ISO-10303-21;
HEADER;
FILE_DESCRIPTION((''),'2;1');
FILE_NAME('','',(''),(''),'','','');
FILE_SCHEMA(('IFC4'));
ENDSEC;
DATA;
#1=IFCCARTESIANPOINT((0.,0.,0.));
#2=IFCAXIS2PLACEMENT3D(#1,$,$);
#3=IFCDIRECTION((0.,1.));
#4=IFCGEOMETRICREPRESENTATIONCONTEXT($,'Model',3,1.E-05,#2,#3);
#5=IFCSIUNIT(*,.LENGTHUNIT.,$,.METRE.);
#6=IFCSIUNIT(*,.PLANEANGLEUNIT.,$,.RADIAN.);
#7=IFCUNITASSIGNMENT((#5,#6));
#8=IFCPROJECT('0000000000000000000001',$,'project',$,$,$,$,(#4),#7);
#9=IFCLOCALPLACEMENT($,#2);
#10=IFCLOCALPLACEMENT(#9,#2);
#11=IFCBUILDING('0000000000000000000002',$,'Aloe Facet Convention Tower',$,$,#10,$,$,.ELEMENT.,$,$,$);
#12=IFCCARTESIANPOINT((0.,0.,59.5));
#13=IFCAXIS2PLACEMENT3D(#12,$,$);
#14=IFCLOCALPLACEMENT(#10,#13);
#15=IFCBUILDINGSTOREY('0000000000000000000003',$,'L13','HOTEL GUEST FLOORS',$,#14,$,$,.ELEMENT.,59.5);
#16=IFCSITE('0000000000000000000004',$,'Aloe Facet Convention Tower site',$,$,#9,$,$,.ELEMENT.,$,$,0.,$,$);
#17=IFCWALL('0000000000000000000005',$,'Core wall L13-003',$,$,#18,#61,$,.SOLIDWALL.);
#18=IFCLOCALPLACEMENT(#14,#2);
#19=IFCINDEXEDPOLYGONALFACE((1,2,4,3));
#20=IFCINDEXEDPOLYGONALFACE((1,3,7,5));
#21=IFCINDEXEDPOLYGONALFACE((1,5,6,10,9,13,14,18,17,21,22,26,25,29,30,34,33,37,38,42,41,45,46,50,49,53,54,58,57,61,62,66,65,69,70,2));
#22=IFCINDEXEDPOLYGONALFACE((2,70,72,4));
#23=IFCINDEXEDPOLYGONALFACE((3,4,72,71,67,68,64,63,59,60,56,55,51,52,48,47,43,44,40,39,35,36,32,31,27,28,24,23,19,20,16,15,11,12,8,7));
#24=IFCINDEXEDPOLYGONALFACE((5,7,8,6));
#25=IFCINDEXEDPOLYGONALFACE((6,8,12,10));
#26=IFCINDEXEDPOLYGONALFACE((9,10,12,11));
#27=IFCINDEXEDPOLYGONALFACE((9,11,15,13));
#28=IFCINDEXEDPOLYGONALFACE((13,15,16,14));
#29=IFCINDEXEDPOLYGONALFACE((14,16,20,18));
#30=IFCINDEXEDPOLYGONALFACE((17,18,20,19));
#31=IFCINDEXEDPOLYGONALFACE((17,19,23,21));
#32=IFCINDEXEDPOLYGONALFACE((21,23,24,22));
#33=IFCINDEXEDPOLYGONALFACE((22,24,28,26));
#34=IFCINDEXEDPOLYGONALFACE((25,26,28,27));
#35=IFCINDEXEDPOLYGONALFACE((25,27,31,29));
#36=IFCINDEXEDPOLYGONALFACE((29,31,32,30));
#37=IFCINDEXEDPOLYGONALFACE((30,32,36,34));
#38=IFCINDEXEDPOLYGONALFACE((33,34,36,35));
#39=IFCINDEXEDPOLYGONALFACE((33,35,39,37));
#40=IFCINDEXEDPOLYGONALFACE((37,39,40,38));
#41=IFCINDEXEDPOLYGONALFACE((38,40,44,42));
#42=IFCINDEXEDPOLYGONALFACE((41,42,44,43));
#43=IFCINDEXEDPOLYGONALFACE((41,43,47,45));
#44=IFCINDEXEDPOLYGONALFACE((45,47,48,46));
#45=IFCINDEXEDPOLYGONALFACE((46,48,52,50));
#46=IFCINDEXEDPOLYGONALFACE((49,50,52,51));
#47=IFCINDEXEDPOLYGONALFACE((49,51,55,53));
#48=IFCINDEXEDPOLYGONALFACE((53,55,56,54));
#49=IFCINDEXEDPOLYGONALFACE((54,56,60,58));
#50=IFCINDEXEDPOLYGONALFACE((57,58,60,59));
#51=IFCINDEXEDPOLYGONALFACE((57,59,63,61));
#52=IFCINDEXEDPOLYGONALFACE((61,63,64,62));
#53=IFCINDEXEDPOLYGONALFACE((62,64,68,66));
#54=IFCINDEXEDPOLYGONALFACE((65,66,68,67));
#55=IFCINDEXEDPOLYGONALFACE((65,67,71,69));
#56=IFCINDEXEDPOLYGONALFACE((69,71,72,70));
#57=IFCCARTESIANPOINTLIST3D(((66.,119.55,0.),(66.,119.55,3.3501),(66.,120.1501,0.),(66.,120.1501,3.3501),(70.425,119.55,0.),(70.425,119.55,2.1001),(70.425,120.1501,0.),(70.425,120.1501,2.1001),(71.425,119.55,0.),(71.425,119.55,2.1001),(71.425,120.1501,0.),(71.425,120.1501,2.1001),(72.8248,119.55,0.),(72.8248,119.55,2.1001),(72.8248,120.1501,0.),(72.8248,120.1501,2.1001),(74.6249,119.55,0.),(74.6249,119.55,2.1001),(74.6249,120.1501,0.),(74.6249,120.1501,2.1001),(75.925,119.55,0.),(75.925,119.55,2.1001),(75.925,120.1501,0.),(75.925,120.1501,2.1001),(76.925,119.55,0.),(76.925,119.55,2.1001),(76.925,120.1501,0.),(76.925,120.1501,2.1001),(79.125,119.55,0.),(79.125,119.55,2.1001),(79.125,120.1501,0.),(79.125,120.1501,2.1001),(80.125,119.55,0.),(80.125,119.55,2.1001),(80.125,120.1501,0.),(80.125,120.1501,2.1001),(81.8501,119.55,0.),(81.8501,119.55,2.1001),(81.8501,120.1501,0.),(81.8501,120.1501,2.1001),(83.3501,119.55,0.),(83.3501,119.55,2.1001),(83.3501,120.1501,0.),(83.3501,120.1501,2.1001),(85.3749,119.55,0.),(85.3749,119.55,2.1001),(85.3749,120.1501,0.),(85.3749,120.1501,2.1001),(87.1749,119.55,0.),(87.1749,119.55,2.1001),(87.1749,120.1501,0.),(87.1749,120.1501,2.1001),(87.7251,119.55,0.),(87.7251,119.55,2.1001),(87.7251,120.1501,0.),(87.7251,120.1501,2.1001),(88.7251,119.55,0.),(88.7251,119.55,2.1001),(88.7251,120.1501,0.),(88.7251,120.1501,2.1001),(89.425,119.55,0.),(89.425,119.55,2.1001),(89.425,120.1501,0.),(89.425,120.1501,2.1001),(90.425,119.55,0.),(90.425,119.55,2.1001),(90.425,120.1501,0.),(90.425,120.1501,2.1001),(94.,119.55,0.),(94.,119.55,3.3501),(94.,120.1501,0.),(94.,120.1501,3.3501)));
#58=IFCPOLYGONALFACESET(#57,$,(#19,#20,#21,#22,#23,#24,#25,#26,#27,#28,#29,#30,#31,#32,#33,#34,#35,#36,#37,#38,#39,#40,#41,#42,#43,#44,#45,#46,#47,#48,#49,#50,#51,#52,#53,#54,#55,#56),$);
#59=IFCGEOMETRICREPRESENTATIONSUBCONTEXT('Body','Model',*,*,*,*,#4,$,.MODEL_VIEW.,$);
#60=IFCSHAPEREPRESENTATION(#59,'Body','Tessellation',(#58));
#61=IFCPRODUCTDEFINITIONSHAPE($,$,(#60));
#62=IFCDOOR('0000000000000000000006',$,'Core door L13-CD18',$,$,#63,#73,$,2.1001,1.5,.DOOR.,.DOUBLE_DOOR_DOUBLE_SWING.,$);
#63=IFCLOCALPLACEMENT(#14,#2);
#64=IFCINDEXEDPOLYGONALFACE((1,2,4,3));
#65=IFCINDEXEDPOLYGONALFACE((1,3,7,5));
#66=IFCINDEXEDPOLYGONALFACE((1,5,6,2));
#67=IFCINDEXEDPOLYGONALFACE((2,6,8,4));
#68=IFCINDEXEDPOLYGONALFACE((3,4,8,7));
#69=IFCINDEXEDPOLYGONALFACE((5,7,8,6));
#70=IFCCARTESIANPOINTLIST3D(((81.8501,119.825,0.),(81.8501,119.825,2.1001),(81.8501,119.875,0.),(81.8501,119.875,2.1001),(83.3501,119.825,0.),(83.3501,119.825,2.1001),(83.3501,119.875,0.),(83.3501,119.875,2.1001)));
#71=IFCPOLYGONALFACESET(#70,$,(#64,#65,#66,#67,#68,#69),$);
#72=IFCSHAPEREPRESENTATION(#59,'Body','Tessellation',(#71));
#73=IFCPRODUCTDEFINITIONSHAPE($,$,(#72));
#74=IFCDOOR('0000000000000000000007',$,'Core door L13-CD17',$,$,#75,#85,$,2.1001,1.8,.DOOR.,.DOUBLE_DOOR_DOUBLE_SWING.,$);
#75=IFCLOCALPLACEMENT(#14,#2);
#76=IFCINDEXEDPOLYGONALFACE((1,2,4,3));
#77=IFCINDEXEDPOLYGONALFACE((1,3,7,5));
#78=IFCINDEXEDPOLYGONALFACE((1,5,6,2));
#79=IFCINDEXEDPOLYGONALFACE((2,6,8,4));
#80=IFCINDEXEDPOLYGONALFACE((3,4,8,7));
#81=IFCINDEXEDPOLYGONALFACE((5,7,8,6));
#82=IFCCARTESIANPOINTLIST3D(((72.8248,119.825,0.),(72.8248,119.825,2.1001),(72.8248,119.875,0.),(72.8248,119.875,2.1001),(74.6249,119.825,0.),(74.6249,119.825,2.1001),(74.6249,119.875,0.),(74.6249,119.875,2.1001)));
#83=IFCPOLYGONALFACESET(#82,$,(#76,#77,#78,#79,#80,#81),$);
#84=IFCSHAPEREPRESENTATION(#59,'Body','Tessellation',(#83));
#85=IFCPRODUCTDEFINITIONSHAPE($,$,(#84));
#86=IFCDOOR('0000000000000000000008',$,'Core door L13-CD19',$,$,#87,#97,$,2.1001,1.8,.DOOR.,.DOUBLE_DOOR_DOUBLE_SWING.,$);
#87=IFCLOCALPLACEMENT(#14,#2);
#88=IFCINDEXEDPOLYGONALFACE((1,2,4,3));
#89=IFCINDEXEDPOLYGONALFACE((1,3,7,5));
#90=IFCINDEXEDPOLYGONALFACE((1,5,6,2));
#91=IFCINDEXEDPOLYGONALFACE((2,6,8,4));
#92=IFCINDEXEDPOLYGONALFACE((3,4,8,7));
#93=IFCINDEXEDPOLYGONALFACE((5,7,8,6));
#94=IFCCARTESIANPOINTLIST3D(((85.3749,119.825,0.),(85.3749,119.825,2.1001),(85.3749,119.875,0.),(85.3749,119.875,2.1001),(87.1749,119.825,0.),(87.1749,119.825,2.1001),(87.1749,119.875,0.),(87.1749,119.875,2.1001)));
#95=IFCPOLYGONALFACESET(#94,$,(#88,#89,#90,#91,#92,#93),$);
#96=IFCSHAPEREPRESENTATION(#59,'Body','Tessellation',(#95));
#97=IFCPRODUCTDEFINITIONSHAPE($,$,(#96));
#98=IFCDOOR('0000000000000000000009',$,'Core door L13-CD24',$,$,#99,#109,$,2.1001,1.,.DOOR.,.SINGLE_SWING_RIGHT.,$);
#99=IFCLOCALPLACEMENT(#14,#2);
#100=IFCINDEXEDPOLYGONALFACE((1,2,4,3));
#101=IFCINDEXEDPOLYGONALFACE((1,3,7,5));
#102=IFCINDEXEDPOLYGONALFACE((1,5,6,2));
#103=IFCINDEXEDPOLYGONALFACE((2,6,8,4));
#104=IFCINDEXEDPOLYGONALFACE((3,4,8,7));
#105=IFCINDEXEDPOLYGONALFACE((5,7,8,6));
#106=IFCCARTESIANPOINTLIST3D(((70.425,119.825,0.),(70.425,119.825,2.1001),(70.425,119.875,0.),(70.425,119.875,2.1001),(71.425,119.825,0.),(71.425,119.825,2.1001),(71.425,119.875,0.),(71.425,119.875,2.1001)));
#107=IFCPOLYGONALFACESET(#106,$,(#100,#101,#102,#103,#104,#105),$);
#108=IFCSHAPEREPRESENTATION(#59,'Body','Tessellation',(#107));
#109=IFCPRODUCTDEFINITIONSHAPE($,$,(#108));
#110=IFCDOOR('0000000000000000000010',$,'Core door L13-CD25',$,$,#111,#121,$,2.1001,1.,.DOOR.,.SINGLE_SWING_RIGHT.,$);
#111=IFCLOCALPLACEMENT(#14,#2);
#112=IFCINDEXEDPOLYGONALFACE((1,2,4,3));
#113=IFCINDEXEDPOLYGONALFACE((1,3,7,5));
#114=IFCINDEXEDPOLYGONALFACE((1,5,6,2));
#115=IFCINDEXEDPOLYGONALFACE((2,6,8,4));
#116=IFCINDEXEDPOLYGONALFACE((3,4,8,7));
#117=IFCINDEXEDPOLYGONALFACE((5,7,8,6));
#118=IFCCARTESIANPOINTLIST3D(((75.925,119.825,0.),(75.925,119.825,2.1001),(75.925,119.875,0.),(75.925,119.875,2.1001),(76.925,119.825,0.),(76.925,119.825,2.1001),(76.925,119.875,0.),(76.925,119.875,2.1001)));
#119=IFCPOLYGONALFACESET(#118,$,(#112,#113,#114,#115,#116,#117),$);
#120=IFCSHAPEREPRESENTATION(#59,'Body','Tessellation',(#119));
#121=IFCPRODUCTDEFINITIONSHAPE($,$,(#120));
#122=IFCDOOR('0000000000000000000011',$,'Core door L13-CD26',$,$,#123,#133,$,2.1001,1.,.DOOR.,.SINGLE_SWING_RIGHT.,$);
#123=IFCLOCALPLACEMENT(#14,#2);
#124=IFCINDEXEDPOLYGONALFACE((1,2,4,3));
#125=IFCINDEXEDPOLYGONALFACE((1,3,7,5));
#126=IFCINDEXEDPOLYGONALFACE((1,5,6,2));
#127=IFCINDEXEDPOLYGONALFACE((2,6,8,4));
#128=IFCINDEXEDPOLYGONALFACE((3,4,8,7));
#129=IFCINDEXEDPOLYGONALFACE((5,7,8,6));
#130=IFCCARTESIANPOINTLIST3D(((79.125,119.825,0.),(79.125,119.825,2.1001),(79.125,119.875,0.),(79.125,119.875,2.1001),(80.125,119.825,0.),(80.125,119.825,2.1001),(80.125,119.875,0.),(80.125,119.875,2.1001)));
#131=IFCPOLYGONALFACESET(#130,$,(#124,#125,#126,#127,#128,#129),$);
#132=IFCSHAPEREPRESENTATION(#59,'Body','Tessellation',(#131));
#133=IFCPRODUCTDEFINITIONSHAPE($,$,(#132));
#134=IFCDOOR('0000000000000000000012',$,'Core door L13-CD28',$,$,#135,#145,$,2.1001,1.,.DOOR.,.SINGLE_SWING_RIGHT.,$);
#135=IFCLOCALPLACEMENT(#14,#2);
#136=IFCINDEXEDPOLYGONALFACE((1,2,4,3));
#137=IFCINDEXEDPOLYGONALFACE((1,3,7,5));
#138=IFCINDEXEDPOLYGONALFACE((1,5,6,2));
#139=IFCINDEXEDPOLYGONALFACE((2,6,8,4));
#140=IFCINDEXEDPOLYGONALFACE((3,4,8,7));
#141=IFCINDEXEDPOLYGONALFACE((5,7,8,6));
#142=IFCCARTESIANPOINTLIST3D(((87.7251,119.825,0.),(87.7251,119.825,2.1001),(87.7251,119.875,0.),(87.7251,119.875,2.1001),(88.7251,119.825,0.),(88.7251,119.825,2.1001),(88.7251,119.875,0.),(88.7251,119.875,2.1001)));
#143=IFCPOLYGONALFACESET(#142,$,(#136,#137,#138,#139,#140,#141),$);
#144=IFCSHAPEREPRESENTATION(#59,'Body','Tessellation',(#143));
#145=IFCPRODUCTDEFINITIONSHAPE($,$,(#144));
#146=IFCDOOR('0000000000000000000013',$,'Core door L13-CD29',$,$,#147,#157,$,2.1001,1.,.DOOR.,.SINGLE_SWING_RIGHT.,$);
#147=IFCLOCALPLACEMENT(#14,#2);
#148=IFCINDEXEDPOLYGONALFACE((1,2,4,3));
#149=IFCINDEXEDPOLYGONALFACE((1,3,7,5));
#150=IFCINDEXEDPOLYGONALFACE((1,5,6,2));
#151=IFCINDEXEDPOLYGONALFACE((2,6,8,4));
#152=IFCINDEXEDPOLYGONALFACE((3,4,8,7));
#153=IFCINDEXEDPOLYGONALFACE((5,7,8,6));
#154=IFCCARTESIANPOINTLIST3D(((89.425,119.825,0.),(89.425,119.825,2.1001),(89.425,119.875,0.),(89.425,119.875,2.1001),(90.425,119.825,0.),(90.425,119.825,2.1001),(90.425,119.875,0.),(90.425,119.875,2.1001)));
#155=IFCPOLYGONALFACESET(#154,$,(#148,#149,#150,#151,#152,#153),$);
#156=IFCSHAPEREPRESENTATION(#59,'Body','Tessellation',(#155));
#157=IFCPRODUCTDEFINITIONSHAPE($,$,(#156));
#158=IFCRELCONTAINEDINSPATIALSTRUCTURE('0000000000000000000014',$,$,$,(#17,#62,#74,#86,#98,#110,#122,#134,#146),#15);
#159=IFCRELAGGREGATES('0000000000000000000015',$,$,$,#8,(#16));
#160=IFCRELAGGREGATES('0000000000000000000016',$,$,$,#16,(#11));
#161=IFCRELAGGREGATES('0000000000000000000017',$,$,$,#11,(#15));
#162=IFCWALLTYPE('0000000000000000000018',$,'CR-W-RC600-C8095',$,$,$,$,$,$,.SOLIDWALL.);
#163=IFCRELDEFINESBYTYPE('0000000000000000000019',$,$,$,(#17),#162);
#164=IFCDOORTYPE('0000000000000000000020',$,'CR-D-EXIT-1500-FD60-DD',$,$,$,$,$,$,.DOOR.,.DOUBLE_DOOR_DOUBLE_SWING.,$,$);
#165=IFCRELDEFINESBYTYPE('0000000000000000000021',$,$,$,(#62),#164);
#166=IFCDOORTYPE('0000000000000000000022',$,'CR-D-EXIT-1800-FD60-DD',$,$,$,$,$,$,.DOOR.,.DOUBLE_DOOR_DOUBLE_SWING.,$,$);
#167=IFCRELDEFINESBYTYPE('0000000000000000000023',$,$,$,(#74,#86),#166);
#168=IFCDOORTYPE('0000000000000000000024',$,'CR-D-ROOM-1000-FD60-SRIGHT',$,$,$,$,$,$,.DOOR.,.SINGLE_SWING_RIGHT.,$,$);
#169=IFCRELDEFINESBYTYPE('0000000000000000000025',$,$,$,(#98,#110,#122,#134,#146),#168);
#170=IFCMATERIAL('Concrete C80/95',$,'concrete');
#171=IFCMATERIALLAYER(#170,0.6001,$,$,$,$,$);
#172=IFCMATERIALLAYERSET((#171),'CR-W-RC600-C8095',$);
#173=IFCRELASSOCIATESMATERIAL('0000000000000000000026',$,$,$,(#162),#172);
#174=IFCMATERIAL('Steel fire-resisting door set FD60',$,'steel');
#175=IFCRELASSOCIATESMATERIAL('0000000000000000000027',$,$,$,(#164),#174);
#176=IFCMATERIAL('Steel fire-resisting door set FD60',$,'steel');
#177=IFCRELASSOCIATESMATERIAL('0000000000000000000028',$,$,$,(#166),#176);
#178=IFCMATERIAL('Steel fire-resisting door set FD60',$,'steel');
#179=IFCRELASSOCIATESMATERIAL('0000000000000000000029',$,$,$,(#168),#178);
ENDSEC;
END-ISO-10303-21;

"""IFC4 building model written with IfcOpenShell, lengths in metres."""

from ifc_helpers import new_model, si_unit, direction, frame, frame_2d, origin, place, context, subcontext, project, spatial, rectangle, extrude, material, layer, layer_set, type_object, element, fill, save


model = new_model("IFC4")

# Units and contexts
model_context = context("Model", 3, precision=1e-05, world=origin(), true_north=direction((0.0, 1.0)))
body_context = subcontext(model_context, "Body", "Model", "MODEL_VIEW")
ifc_project = project(units=[si_unit("LENGTHUNIT", "METRE"), si_unit("PLANEANGLEUNIT", "RADIAN")], contexts=[model_context])

# Site, building, storey
site_placement = place(None, origin())
site = spatial("IfcSite", under=ifc_project, at=site_placement, Name="Aloe Facet Convention Tower site", CompositionType="ELEMENT", RefElevation=0.0)
building_placement = place(site_placement, origin())
building = spatial("IfcBuilding", under=site, at=building_placement, Name="Aloe Facet Convention Tower", CompositionType="ELEMENT")
storey_placement = place(building_placement, frame((0.0, 0.0, 59.5)))
storey = spatial("IfcBuildingStorey", under=building, at=storey_placement, Name="L13", Description="HOTEL GUEST FLOORS", CompositionType="ELEMENT", Elevation=59.5)

# Wall, openings, doors
ifc_material_1 = material(Name="Concrete C80/95", Category="concrete")
ifc_layer_1 = layer(ifc_material_1, 0.6001)
ifc_layer_set_1 = layer_set([ifc_layer_1], Name="CR-W-RC600-C8095")
wall_type_1 = type_object("IfcWallType", Name="CR-W-RC600-C8095", PredefinedType="SOLIDWALL", material=ifc_layer_set_1)
wall_1_placement = place(storey_placement, frame((66.0, 119.8501, 0.0), z_axis=(0.0, 0.0, 1.0), x_axis=(1.0, 0.0, 0.0)))
wall_1 = element("IfcWall", 1, at=wall_1_placement, inside=storey, type_object=wall_type_1, Name="Core wall L13-003", PredefinedType="SOLIDWALL", context=body_context, shape_type="SweptSolid", body=[
    extrude(rectangle(XDim=28.0, YDim=0.6001, at=frame_2d((14.0, 0.0))), origin(), (0.0, 0.0, 1.0), 3.3501),
])
opening_1_placement = place(wall_1_placement, frame((6.825, 0.0, 0.0)))
opening_1 = element("IfcOpeningElement", 2, at=opening_1_placement, cuts=wall_1, PredefinedType="OPENING", context=body_context, shape_type="SweptSolid", body=[
    extrude(rectangle(XDim=1.8, YDim=2.1001, at=frame_2d((0.8999, 1.05))), frame((0.0, 0.3101, 0.0), z_axis=(0.0, -1.0, 0.0), x_axis=(1.0, 0.0, 0.0)), (0.0, 0.0, 1.0), 0.6201),
])
opening_2_placement = place(wall_1_placement, frame((15.8501, 0.0, 0.0)))
opening_2 = element("IfcOpeningElement", 3, at=opening_2_placement, cuts=wall_1, PredefinedType="OPENING", context=body_context, shape_type="SweptSolid", body=[
    extrude(rectangle(XDim=1.5, YDim=2.1001, at=frame_2d((0.75, 1.05))), frame((0.0, 0.3101, 0.0), z_axis=(0.0, -1.0, 0.0), x_axis=(1.0, 0.0, 0.0)), (0.0, 0.0, 1.0), 0.6201),
])
opening_3_placement = place(wall_1_placement, frame((19.375, 0.0, 0.0)))
opening_3 = element("IfcOpeningElement", 4, at=opening_3_placement, cuts=wall_1, PredefinedType="OPENING", context=body_context, shape_type="SweptSolid", body=[
    extrude(rectangle(XDim=1.8, YDim=2.1001, at=frame_2d((0.8999, 1.05))), frame((0.0, 0.3101, 0.0), z_axis=(0.0, -1.0, 0.0), x_axis=(1.0, 0.0, 0.0)), (0.0, 0.0, 1.0), 0.6201),
])
opening_4_placement = place(wall_1_placement, frame((4.425, 0.0, 0.0)))
opening_4 = element("IfcOpeningElement", 5, at=opening_4_placement, cuts=wall_1, PredefinedType="OPENING", context=body_context, shape_type="SweptSolid", body=[
    extrude(rectangle(XDim=1.0, YDim=2.1001, at=frame_2d((0.5, 1.05))), frame((0.0, 0.3101, 0.0), z_axis=(0.0, -1.0, 0.0), x_axis=(1.0, 0.0, 0.0)), (0.0, 0.0, 1.0), 0.6201),
])
opening_5_placement = place(wall_1_placement, frame((9.925, 0.0, 0.0)))
opening_5 = element("IfcOpeningElement", 6, at=opening_5_placement, cuts=wall_1, PredefinedType="OPENING", context=body_context, shape_type="SweptSolid", body=[
    extrude(rectangle(XDim=1.0, YDim=2.1001, at=frame_2d((0.5, 1.05))), frame((0.0, 0.3101, 0.0), z_axis=(0.0, -1.0, 0.0), x_axis=(1.0, 0.0, 0.0)), (0.0, 0.0, 1.0), 0.6201),
])
opening_6_placement = place(wall_1_placement, frame((13.125, 0.0, 0.0)))
opening_6 = element("IfcOpeningElement", 7, at=opening_6_placement, cuts=wall_1, PredefinedType="OPENING", context=body_context, shape_type="SweptSolid", body=[
    extrude(rectangle(XDim=1.0, YDim=2.1001, at=frame_2d((0.5, 1.05))), frame((0.0, 0.3101, 0.0), z_axis=(0.0, -1.0, 0.0), x_axis=(1.0, 0.0, 0.0)), (0.0, 0.0, 1.0), 0.6201),
])
opening_7_placement = place(wall_1_placement, frame((21.7251, 0.0, 0.0)))
opening_7 = element("IfcOpeningElement", 8, at=opening_7_placement, cuts=wall_1, PredefinedType="OPENING", context=body_context, shape_type="SweptSolid", body=[
    extrude(rectangle(XDim=1.0, YDim=2.1001, at=frame_2d((0.5, 1.05))), frame((0.0, 0.3101, 0.0), z_axis=(0.0, -1.0, 0.0), x_axis=(1.0, 0.0, 0.0)), (0.0, 0.0, 1.0), 0.6201),
])
opening_8_placement = place(wall_1_placement, frame((23.425, 0.0, 0.0)))
opening_8 = element("IfcOpeningElement", 9, at=opening_8_placement, cuts=wall_1, PredefinedType="OPENING", context=body_context, shape_type="SweptSolid", body=[
    extrude(rectangle(XDim=1.0, YDim=2.1001, at=frame_2d((0.5, 1.05))), frame((0.0, 0.3101, 0.0), z_axis=(0.0, -1.0, 0.0), x_axis=(1.0, 0.0, 0.0)), (0.0, 0.0, 1.0), 0.6201),
])
ifc_material_2 = material(Name="Steel fire-resisting door set FD60", Category="steel")
door_type_1 = type_object("IfcDoorType", Name="CR-D-EXIT-1500-FD60-DD", OperationType="DOUBLE_DOOR_DOUBLE_SWING", PredefinedType="DOOR", material=ifc_material_2)
door_1_placement = place(opening_2_placement, origin())
door_1 = element("IfcDoor", 10, at=door_1_placement, inside=storey, type_object=door_type_1, Name="Core door L13-CD18", OperationType="DOUBLE_DOOR_DOUBLE_SWING", OverallHeight=2.1001, OverallWidth=1.5, PredefinedType="DOOR", context=body_context, shape_type="SweptSolid", body=[
    extrude(rectangle(XDim=1.5, YDim=2.1001, at=frame_2d((0.75, 1.05))), frame((0.0, 0.0249, 0.0), z_axis=(0.0, -1.0, 0.0), x_axis=(1.0, 0.0, 0.0)), (0.0, 0.0, 1.0), 0.05),
])
fill(opening_2, door_1)
ifc_material_3 = material(Name="Steel fire-resisting door set FD60", Category="steel")
door_type_2 = type_object("IfcDoorType", Name="CR-D-EXIT-1800-FD60-DD", OperationType="DOUBLE_DOOR_DOUBLE_SWING", PredefinedType="DOOR", material=ifc_material_3)
door_2_placement = place(opening_1_placement, origin())
door_2 = element("IfcDoor", 11, at=door_2_placement, inside=storey, type_object=door_type_2, Name="Core door L13-CD17", OperationType="DOUBLE_DOOR_DOUBLE_SWING", OverallHeight=2.1001, OverallWidth=1.8, PredefinedType="DOOR", context=body_context, shape_type="SweptSolid", body=[
    extrude(rectangle(XDim=1.8, YDim=2.1001, at=frame_2d((0.8999, 1.05))), frame((0.0, 0.0249, 0.0), z_axis=(0.0, -1.0, 0.0), x_axis=(1.0, 0.0, 0.0)), (0.0, 0.0, 1.0), 0.05),
])
fill(opening_1, door_2)
door_3_placement = place(opening_3_placement, origin())
door_3 = element("IfcDoor", 12, at=door_3_placement, inside=storey, type_object=door_type_2, Name="Core door L13-CD19", OperationType="DOUBLE_DOOR_DOUBLE_SWING", OverallHeight=2.1001, OverallWidth=1.8, PredefinedType="DOOR", context=body_context, shape_type="SweptSolid", body=[
    extrude(rectangle(XDim=1.8, YDim=2.1001, at=frame_2d((0.8999, 1.05))), frame((0.0, 0.0249, 0.0), z_axis=(0.0, -1.0, 0.0), x_axis=(1.0, 0.0, 0.0)), (0.0, 0.0, 1.0), 0.05),
])
fill(opening_3, door_3)
ifc_material_4 = material(Name="Steel fire-resisting door set FD60", Category="steel")
door_type_3 = type_object("IfcDoorType", Name="CR-D-ROOM-1000-FD60-SRIGHT", OperationType="SINGLE_SWING_RIGHT", PredefinedType="DOOR", material=ifc_material_4)
door_4_placement = place(opening_4_placement, origin())
door_4 = element("IfcDoor", 13, at=door_4_placement, inside=storey, type_object=door_type_3, Name="Core door L13-CD24", OperationType="SINGLE_SWING_RIGHT", OverallHeight=2.1001, OverallWidth=1.0, PredefinedType="DOOR", context=body_context, shape_type="SweptSolid", body=[
    extrude(rectangle(XDim=1.0, YDim=2.1001, at=frame_2d((0.5, 1.05))), frame((0.0, 0.0249, 0.0), z_axis=(0.0, -1.0, 0.0), x_axis=(1.0, 0.0, 0.0)), (0.0, 0.0, 1.0), 0.05),
])
fill(opening_4, door_4)
door_5_placement = place(opening_5_placement, origin())
door_5 = element("IfcDoor", 14, at=door_5_placement, inside=storey, type_object=door_type_3, Name="Core door L13-CD25", OperationType="SINGLE_SWING_RIGHT", OverallHeight=2.1001, OverallWidth=1.0, PredefinedType="DOOR", context=body_context, shape_type="SweptSolid", body=[
    extrude(rectangle(XDim=1.0, YDim=2.1001, at=frame_2d((0.5, 1.05))), frame((0.0, 0.0249, 0.0), z_axis=(0.0, -1.0, 0.0), x_axis=(1.0, 0.0, 0.0)), (0.0, 0.0, 1.0), 0.05),
])
fill(opening_5, door_5)
door_6_placement = place(opening_6_placement, origin())
door_6 = element("IfcDoor", 15, at=door_6_placement, inside=storey, type_object=door_type_3, Name="Core door L13-CD26", OperationType="SINGLE_SWING_RIGHT", OverallHeight=2.1001, OverallWidth=1.0, PredefinedType="DOOR", context=body_context, shape_type="SweptSolid", body=[
    extrude(rectangle(XDim=1.0, YDim=2.1001, at=frame_2d((0.5, 1.05))), frame((0.0, 0.0249, 0.0), z_axis=(0.0, -1.0, 0.0), x_axis=(1.0, 0.0, 0.0)), (0.0, 0.0, 1.0), 0.05),
])
fill(opening_6, door_6)
door_7_placement = place(opening_7_placement, origin())
door_7 = element("IfcDoor", 16, at=door_7_placement, inside=storey, type_object=door_type_3, Name="Core door L13-CD28", OperationType="SINGLE_SWING_RIGHT", OverallHeight=2.1001, OverallWidth=1.0, PredefinedType="DOOR", context=body_context, shape_type="SweptSolid", body=[
    extrude(rectangle(XDim=1.0, YDim=2.1001, at=frame_2d((0.5, 1.05))), frame((0.0, 0.0249, 0.0), z_axis=(0.0, -1.0, 0.0), x_axis=(1.0, 0.0, 0.0)), (0.0, 0.0, 1.0), 0.05),
])
fill(opening_7, door_7)
door_8_placement = place(opening_8_placement, origin())
door_8 = element("IfcDoor", 17, at=door_8_placement, inside=storey, type_object=door_type_3, Name="Core door L13-CD29", OperationType="SINGLE_SWING_RIGHT", OverallHeight=2.1001, OverallWidth=1.0, PredefinedType="DOOR", context=body_context, shape_type="SweptSolid", body=[
    extrude(rectangle(XDim=1.0, YDim=2.1001, at=frame_2d((0.5, 1.05))), frame((0.0, 0.0249, 0.0), z_axis=(0.0, -1.0, 0.0), x_axis=(1.0, 0.0, 0.0)), (0.0, 0.0, 1.0), 0.05),
])
fill(opening_8, door_8)

save(model, "model.ifc")
